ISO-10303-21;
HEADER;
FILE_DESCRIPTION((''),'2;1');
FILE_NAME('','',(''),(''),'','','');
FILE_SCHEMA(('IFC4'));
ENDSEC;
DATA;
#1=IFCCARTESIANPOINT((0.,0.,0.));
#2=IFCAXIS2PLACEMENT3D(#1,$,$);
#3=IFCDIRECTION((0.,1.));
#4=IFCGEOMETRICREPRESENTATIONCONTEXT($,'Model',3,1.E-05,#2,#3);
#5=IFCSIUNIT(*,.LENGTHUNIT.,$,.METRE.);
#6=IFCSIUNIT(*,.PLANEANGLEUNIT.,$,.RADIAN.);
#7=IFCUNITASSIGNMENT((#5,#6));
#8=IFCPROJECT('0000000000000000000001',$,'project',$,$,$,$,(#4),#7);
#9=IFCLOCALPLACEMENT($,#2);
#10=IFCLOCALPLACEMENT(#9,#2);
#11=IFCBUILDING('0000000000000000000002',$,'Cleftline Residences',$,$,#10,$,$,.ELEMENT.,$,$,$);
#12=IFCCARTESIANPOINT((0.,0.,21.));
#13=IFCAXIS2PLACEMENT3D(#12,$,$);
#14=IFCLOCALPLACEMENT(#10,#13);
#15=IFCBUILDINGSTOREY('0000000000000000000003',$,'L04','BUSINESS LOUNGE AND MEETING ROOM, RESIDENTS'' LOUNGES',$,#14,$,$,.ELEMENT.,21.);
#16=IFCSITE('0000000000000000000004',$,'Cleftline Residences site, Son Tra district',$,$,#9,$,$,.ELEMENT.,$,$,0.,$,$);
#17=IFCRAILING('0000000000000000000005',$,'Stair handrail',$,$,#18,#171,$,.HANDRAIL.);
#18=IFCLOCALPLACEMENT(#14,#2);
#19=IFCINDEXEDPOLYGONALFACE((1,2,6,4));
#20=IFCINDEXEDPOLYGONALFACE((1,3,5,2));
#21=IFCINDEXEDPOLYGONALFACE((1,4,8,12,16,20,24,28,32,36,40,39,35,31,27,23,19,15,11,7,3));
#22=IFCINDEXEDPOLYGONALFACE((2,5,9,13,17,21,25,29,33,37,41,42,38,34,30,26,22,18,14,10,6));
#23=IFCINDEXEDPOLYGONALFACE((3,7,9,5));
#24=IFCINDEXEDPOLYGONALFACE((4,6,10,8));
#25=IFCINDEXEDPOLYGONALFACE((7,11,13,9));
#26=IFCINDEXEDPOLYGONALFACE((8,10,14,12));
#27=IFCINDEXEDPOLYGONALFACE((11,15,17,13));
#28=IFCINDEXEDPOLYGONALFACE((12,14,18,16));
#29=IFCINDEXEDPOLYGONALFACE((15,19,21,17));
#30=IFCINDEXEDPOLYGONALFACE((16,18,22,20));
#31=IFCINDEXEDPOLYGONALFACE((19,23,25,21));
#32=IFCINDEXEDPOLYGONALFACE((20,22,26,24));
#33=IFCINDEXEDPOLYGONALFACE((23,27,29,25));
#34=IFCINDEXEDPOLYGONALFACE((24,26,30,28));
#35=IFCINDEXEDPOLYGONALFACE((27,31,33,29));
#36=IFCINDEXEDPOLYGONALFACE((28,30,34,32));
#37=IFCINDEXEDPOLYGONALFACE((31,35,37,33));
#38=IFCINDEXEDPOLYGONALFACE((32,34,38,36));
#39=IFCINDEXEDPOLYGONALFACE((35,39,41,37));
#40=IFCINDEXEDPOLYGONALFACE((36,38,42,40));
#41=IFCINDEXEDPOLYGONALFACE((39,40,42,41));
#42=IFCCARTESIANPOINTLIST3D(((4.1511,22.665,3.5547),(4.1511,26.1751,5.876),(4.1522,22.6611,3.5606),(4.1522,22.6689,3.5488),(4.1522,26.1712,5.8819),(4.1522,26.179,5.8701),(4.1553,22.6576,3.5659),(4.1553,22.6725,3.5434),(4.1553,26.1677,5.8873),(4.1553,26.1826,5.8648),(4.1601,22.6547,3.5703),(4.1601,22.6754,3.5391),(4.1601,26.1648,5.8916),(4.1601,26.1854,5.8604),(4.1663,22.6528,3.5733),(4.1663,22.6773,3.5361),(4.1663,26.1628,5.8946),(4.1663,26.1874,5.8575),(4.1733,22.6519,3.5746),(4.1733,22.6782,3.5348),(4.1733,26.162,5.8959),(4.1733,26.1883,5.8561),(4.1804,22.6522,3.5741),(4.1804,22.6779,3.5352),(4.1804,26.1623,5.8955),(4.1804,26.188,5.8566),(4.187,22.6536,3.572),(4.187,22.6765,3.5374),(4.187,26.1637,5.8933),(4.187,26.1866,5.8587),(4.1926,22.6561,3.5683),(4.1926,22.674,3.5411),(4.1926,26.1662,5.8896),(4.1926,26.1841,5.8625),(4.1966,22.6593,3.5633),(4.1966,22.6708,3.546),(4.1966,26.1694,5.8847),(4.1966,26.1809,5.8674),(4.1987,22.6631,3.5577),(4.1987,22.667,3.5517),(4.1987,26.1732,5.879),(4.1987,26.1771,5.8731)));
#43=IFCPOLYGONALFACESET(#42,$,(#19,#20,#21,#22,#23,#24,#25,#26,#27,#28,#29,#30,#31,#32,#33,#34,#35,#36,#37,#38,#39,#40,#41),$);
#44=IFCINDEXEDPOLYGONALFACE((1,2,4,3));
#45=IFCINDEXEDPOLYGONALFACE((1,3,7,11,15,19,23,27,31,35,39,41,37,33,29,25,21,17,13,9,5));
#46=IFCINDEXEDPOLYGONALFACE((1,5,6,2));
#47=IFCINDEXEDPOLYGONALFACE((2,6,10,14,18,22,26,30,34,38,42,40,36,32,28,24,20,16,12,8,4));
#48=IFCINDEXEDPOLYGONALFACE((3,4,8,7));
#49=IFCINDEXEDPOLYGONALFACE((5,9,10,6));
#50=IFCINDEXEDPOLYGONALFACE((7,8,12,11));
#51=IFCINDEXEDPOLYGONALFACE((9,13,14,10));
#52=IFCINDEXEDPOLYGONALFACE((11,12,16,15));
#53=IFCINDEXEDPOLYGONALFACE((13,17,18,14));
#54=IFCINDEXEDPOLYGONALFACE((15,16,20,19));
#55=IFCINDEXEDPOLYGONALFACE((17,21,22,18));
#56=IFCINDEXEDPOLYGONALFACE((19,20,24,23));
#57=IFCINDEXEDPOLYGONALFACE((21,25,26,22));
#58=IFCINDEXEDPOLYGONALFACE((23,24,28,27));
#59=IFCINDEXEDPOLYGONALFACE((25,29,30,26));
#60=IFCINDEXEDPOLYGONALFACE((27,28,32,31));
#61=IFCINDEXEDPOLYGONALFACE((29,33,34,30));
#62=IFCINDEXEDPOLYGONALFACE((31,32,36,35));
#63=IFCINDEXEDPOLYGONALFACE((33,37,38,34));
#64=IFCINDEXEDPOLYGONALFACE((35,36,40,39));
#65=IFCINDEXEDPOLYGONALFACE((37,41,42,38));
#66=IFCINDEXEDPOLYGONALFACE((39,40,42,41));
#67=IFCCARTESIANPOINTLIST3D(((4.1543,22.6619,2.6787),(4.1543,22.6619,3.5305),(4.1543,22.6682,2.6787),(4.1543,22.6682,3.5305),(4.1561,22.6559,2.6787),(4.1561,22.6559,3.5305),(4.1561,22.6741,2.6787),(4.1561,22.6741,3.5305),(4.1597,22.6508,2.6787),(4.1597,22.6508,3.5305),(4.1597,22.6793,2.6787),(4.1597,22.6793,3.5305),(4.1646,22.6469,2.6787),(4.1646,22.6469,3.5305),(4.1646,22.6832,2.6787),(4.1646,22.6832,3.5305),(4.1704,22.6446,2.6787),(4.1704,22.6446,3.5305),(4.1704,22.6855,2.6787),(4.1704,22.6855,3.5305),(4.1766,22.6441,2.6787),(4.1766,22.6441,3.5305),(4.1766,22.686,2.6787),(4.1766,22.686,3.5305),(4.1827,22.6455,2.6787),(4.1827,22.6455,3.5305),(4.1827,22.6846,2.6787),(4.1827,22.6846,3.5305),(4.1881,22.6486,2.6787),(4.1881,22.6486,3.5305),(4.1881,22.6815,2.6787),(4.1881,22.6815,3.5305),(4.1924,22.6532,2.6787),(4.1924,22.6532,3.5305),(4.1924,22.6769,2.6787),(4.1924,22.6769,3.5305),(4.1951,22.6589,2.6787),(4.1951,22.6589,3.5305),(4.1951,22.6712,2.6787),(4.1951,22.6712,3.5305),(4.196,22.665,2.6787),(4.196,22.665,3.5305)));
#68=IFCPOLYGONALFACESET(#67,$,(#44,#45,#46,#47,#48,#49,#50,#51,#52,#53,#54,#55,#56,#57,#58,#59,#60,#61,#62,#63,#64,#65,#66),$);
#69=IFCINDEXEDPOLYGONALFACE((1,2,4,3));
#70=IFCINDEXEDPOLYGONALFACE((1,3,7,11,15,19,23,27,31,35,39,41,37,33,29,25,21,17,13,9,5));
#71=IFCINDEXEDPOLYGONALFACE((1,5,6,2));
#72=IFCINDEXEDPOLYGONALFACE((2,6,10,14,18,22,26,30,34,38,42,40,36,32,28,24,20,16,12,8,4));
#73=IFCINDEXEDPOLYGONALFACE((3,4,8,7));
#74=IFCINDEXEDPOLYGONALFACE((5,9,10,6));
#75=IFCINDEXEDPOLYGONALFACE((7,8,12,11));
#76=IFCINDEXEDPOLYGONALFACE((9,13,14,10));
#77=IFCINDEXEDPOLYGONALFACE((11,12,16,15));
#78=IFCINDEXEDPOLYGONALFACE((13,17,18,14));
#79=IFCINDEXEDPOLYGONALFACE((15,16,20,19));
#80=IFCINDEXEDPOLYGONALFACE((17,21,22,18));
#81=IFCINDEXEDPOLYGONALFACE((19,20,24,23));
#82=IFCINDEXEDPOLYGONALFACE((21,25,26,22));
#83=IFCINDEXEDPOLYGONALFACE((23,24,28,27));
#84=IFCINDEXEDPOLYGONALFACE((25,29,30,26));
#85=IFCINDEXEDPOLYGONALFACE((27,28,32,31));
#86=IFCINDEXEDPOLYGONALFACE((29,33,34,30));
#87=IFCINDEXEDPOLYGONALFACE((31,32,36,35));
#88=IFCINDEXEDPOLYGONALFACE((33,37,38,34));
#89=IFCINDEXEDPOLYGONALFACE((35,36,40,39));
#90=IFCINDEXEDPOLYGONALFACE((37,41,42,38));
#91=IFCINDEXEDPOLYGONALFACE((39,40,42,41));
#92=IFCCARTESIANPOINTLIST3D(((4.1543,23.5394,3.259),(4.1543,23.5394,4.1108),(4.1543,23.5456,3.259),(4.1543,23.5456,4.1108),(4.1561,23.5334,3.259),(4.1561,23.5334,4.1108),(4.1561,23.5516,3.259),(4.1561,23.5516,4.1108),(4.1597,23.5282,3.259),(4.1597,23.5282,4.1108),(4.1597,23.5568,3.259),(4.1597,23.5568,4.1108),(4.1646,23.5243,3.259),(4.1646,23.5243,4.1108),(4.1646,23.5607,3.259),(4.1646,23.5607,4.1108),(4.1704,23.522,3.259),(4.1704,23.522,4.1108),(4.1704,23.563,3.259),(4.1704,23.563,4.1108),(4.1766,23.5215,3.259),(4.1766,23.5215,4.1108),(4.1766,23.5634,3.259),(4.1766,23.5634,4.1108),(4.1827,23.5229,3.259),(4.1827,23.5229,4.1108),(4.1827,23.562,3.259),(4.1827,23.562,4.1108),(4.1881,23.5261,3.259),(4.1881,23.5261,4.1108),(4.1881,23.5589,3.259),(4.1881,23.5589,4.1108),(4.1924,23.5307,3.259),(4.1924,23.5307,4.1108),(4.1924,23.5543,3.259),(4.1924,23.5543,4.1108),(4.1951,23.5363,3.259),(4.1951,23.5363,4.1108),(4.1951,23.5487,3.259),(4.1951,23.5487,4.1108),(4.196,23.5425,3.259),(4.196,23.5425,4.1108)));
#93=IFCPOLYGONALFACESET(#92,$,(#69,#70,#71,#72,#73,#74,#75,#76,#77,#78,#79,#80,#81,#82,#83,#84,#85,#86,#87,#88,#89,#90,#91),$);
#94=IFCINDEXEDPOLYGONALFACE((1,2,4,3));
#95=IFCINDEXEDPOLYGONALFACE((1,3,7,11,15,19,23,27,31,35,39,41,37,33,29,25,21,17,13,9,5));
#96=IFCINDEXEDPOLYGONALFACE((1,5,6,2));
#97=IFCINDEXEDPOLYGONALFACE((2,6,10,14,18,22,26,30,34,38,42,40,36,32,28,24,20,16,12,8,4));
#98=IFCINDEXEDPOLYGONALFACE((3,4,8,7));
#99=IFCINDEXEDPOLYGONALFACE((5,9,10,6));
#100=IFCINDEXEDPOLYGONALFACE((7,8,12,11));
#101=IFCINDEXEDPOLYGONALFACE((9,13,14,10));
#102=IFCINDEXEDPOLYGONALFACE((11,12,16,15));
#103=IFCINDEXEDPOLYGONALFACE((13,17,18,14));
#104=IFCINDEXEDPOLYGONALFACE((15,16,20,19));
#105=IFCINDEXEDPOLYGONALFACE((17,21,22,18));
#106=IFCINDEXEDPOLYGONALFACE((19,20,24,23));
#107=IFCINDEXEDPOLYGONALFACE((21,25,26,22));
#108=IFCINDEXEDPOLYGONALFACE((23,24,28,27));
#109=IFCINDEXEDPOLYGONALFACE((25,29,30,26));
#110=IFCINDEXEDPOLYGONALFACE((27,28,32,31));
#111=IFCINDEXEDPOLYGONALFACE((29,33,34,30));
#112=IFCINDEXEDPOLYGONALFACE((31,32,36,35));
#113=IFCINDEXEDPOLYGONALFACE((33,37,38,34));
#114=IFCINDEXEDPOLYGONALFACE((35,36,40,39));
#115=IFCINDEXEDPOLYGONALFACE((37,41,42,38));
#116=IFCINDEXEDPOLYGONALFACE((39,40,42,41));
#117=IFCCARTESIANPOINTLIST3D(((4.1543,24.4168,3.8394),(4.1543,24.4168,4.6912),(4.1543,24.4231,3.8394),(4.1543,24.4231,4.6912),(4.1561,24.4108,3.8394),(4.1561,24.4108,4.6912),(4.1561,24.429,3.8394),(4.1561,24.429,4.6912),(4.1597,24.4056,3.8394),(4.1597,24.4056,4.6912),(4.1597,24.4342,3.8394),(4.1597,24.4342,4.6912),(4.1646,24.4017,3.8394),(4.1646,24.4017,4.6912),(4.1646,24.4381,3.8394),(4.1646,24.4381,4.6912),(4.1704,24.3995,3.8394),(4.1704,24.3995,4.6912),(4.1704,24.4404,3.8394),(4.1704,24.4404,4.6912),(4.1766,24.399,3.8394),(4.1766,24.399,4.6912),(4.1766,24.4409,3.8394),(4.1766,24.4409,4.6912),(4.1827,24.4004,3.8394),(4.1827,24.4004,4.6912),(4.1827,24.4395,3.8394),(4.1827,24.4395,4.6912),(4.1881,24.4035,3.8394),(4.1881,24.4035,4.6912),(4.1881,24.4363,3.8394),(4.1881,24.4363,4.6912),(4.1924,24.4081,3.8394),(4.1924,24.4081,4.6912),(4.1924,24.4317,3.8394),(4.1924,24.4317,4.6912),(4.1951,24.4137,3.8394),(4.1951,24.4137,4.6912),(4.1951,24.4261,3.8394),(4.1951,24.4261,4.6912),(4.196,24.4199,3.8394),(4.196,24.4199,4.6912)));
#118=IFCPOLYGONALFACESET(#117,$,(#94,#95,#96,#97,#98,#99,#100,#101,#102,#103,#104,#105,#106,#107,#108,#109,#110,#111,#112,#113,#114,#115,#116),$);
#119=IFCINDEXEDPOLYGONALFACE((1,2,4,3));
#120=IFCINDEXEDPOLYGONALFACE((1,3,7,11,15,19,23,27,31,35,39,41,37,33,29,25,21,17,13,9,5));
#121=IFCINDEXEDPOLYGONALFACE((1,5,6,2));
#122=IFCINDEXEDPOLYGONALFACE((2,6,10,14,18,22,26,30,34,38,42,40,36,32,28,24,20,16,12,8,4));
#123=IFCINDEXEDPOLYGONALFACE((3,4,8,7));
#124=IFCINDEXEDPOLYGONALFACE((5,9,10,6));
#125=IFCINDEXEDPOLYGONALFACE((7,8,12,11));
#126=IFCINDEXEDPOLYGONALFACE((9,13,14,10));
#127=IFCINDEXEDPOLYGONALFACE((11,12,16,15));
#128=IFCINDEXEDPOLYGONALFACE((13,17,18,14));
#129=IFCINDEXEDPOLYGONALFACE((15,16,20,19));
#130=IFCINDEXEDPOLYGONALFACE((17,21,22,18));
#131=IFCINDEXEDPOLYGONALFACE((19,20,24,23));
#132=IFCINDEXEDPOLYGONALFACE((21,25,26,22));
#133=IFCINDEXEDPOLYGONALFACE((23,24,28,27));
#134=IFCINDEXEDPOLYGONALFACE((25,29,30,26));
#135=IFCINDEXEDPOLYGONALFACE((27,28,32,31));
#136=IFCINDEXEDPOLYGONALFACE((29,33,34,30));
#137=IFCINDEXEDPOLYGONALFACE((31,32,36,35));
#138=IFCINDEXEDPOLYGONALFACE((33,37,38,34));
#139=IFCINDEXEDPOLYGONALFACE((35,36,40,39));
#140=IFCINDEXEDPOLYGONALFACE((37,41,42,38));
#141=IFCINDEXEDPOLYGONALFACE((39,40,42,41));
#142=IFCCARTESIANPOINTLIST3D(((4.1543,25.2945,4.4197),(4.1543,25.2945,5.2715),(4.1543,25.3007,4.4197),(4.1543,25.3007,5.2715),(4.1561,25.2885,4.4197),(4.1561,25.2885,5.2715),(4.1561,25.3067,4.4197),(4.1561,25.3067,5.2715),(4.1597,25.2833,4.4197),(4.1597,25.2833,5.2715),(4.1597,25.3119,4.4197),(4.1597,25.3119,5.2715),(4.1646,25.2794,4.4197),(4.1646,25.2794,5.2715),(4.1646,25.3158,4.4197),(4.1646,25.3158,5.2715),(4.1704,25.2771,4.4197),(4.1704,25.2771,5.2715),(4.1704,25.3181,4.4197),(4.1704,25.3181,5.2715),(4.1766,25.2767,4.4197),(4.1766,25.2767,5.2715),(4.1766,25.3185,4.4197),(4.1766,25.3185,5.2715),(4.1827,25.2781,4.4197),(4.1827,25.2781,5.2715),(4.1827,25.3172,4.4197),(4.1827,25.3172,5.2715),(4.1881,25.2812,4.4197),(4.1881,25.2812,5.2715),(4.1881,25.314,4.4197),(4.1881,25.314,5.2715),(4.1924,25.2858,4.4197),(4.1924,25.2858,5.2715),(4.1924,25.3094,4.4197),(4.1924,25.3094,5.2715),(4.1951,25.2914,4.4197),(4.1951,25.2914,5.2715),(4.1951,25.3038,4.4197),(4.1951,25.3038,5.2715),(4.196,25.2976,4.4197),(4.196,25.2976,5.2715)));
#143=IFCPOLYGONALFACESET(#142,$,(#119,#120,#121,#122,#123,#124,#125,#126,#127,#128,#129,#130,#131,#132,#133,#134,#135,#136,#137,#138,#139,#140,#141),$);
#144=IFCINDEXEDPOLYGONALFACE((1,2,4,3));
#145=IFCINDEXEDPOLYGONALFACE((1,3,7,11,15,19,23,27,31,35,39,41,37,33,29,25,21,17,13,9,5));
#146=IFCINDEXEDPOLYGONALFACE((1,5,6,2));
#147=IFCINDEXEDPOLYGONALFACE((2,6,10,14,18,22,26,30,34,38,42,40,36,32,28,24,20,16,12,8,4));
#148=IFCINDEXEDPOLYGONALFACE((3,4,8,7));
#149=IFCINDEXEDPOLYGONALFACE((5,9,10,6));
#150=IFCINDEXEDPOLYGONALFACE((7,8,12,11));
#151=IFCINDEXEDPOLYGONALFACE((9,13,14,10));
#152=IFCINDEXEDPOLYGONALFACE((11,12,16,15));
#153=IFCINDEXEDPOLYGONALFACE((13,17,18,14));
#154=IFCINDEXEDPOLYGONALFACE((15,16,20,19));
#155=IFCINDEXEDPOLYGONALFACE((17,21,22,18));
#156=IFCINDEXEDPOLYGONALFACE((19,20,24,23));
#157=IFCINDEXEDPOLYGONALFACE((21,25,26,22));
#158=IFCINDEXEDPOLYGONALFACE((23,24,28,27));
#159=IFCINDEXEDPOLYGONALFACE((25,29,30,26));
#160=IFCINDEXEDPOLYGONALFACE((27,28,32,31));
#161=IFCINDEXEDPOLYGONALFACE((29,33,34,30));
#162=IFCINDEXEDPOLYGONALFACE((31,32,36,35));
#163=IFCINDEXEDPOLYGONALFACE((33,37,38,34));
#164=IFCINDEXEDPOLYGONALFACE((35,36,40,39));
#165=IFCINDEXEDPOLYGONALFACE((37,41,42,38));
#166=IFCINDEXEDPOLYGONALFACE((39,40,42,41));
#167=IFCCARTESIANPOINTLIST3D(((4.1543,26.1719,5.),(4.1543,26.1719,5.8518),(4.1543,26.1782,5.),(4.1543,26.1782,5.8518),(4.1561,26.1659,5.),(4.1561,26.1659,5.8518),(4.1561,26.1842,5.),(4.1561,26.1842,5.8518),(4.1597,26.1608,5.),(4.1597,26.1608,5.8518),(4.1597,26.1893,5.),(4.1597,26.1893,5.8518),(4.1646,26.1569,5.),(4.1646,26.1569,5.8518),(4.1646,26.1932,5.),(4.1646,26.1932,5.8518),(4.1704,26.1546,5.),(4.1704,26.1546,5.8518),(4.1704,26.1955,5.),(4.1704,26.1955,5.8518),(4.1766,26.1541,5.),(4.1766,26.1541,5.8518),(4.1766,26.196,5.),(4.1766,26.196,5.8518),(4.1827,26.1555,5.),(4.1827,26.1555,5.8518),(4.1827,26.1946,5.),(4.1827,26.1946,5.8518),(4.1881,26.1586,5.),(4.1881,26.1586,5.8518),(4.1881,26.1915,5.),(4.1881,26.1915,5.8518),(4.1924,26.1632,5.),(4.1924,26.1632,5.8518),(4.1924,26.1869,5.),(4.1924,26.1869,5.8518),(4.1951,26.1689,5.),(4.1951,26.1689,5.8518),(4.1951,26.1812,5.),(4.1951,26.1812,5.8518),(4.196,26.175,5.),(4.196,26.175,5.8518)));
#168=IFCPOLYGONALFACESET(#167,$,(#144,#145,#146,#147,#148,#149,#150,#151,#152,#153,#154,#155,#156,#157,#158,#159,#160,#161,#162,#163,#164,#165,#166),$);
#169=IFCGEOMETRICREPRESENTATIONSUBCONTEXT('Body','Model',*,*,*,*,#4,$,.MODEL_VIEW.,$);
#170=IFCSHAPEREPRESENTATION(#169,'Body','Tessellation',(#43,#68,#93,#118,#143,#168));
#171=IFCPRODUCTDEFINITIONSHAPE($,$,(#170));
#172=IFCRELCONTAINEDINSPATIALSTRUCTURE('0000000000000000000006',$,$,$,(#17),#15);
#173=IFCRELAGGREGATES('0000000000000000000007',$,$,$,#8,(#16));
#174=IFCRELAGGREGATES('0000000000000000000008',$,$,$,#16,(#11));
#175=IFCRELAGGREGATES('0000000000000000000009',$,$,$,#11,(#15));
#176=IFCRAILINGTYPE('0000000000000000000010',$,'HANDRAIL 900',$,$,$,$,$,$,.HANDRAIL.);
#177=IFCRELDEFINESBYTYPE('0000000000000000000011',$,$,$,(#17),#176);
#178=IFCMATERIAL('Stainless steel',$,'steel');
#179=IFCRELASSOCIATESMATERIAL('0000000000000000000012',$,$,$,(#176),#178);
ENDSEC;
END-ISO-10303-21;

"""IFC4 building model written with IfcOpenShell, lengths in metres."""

from ifc_helpers import new_model, si_unit, direction, frame, origin, origin_2d, place, context, subcontext, project, spatial, circle, extrude, material, type_object, element, save


model = new_model("IFC4")

# Units and contexts
model_context = context("Model", 3, precision=1e-05, world=origin(), true_north=direction((0.0, 1.0)))
body_context = subcontext(model_context, "Body", "Model", "MODEL_VIEW")
ifc_project = project(units=[si_unit("LENGTHUNIT", "METRE"), si_unit("PLANEANGLEUNIT", "RADIAN")], contexts=[model_context])

# Site, building, storey
site_placement = place(None, origin())
site = spatial("IfcSite", under=ifc_project, at=site_placement, Name="Cleftline Residences site, Son Tra district", CompositionType="ELEMENT", RefElevation=0.0)
building_placement = place(site_placement, origin())
building = spatial("IfcBuilding", under=site, at=building_placement, Name="Cleftline Residences", CompositionType="ELEMENT")
storey_placement = place(building_placement, frame((0.0, 0.0, 21.0)))
storey = spatial("IfcBuildingStorey", under=building, at=storey_placement, Name="L04", Description="BUSINESS LOUNGE AND MEETING ROOM, RESIDENTS' LOUNGES", CompositionType="ELEMENT", Elevation=21.0)

# Railing
ifc_material_1 = material(Name="Stainless steel", Category="steel")
railing_type = type_object("IfcRailingType", Name="HANDRAIL 900", PredefinedType="HANDRAIL", material=ifc_material_1)
railing_placement = place(storey_placement, frame((4.175, 22.665, 2.6787)))
element("IfcRailing", 1, at=railing_placement, inside=storey, type_object=railing_type, Name="Stair handrail", PredefinedType="HANDRAIL", context=body_context, shape_type="SweptSolid", body=[
    extrude(circle(Radius=0.0239, at=origin_2d()), frame((0.0, 0.0, 0.876), z_axis=(0.0, 0.834097, 0.551617), x_axis=(-1.0, 0.0, 0.0)), (0.0, 0.0, 1.0), 4.2083),
    extrude(circle(Radius=0.021, at=origin_2d()), origin(), (0.0, 0.0, 1.0), 0.8518),
    extrude(circle(Radius=0.021, at=origin_2d()), frame((0.0, 0.8774, 0.5803)), (0.0, 0.0, 1.0), 0.8518),
    extrude(circle(Radius=0.021, at=origin_2d()), frame((0.0, 1.7549, 1.1606)), (0.0, 0.0, 1.0), 0.8518),
    extrude(circle(Radius=0.021, at=origin_2d()), frame((0.0, 2.6326, 1.741)), (0.0, 0.0, 1.0), 0.8518),
    extrude(circle(Radius=0.021, at=origin_2d()), frame((0.0, 3.51, 2.3213)), (0.0, 0.0, 1.0), 0.8518),
])

save(model, "model.ifc")
